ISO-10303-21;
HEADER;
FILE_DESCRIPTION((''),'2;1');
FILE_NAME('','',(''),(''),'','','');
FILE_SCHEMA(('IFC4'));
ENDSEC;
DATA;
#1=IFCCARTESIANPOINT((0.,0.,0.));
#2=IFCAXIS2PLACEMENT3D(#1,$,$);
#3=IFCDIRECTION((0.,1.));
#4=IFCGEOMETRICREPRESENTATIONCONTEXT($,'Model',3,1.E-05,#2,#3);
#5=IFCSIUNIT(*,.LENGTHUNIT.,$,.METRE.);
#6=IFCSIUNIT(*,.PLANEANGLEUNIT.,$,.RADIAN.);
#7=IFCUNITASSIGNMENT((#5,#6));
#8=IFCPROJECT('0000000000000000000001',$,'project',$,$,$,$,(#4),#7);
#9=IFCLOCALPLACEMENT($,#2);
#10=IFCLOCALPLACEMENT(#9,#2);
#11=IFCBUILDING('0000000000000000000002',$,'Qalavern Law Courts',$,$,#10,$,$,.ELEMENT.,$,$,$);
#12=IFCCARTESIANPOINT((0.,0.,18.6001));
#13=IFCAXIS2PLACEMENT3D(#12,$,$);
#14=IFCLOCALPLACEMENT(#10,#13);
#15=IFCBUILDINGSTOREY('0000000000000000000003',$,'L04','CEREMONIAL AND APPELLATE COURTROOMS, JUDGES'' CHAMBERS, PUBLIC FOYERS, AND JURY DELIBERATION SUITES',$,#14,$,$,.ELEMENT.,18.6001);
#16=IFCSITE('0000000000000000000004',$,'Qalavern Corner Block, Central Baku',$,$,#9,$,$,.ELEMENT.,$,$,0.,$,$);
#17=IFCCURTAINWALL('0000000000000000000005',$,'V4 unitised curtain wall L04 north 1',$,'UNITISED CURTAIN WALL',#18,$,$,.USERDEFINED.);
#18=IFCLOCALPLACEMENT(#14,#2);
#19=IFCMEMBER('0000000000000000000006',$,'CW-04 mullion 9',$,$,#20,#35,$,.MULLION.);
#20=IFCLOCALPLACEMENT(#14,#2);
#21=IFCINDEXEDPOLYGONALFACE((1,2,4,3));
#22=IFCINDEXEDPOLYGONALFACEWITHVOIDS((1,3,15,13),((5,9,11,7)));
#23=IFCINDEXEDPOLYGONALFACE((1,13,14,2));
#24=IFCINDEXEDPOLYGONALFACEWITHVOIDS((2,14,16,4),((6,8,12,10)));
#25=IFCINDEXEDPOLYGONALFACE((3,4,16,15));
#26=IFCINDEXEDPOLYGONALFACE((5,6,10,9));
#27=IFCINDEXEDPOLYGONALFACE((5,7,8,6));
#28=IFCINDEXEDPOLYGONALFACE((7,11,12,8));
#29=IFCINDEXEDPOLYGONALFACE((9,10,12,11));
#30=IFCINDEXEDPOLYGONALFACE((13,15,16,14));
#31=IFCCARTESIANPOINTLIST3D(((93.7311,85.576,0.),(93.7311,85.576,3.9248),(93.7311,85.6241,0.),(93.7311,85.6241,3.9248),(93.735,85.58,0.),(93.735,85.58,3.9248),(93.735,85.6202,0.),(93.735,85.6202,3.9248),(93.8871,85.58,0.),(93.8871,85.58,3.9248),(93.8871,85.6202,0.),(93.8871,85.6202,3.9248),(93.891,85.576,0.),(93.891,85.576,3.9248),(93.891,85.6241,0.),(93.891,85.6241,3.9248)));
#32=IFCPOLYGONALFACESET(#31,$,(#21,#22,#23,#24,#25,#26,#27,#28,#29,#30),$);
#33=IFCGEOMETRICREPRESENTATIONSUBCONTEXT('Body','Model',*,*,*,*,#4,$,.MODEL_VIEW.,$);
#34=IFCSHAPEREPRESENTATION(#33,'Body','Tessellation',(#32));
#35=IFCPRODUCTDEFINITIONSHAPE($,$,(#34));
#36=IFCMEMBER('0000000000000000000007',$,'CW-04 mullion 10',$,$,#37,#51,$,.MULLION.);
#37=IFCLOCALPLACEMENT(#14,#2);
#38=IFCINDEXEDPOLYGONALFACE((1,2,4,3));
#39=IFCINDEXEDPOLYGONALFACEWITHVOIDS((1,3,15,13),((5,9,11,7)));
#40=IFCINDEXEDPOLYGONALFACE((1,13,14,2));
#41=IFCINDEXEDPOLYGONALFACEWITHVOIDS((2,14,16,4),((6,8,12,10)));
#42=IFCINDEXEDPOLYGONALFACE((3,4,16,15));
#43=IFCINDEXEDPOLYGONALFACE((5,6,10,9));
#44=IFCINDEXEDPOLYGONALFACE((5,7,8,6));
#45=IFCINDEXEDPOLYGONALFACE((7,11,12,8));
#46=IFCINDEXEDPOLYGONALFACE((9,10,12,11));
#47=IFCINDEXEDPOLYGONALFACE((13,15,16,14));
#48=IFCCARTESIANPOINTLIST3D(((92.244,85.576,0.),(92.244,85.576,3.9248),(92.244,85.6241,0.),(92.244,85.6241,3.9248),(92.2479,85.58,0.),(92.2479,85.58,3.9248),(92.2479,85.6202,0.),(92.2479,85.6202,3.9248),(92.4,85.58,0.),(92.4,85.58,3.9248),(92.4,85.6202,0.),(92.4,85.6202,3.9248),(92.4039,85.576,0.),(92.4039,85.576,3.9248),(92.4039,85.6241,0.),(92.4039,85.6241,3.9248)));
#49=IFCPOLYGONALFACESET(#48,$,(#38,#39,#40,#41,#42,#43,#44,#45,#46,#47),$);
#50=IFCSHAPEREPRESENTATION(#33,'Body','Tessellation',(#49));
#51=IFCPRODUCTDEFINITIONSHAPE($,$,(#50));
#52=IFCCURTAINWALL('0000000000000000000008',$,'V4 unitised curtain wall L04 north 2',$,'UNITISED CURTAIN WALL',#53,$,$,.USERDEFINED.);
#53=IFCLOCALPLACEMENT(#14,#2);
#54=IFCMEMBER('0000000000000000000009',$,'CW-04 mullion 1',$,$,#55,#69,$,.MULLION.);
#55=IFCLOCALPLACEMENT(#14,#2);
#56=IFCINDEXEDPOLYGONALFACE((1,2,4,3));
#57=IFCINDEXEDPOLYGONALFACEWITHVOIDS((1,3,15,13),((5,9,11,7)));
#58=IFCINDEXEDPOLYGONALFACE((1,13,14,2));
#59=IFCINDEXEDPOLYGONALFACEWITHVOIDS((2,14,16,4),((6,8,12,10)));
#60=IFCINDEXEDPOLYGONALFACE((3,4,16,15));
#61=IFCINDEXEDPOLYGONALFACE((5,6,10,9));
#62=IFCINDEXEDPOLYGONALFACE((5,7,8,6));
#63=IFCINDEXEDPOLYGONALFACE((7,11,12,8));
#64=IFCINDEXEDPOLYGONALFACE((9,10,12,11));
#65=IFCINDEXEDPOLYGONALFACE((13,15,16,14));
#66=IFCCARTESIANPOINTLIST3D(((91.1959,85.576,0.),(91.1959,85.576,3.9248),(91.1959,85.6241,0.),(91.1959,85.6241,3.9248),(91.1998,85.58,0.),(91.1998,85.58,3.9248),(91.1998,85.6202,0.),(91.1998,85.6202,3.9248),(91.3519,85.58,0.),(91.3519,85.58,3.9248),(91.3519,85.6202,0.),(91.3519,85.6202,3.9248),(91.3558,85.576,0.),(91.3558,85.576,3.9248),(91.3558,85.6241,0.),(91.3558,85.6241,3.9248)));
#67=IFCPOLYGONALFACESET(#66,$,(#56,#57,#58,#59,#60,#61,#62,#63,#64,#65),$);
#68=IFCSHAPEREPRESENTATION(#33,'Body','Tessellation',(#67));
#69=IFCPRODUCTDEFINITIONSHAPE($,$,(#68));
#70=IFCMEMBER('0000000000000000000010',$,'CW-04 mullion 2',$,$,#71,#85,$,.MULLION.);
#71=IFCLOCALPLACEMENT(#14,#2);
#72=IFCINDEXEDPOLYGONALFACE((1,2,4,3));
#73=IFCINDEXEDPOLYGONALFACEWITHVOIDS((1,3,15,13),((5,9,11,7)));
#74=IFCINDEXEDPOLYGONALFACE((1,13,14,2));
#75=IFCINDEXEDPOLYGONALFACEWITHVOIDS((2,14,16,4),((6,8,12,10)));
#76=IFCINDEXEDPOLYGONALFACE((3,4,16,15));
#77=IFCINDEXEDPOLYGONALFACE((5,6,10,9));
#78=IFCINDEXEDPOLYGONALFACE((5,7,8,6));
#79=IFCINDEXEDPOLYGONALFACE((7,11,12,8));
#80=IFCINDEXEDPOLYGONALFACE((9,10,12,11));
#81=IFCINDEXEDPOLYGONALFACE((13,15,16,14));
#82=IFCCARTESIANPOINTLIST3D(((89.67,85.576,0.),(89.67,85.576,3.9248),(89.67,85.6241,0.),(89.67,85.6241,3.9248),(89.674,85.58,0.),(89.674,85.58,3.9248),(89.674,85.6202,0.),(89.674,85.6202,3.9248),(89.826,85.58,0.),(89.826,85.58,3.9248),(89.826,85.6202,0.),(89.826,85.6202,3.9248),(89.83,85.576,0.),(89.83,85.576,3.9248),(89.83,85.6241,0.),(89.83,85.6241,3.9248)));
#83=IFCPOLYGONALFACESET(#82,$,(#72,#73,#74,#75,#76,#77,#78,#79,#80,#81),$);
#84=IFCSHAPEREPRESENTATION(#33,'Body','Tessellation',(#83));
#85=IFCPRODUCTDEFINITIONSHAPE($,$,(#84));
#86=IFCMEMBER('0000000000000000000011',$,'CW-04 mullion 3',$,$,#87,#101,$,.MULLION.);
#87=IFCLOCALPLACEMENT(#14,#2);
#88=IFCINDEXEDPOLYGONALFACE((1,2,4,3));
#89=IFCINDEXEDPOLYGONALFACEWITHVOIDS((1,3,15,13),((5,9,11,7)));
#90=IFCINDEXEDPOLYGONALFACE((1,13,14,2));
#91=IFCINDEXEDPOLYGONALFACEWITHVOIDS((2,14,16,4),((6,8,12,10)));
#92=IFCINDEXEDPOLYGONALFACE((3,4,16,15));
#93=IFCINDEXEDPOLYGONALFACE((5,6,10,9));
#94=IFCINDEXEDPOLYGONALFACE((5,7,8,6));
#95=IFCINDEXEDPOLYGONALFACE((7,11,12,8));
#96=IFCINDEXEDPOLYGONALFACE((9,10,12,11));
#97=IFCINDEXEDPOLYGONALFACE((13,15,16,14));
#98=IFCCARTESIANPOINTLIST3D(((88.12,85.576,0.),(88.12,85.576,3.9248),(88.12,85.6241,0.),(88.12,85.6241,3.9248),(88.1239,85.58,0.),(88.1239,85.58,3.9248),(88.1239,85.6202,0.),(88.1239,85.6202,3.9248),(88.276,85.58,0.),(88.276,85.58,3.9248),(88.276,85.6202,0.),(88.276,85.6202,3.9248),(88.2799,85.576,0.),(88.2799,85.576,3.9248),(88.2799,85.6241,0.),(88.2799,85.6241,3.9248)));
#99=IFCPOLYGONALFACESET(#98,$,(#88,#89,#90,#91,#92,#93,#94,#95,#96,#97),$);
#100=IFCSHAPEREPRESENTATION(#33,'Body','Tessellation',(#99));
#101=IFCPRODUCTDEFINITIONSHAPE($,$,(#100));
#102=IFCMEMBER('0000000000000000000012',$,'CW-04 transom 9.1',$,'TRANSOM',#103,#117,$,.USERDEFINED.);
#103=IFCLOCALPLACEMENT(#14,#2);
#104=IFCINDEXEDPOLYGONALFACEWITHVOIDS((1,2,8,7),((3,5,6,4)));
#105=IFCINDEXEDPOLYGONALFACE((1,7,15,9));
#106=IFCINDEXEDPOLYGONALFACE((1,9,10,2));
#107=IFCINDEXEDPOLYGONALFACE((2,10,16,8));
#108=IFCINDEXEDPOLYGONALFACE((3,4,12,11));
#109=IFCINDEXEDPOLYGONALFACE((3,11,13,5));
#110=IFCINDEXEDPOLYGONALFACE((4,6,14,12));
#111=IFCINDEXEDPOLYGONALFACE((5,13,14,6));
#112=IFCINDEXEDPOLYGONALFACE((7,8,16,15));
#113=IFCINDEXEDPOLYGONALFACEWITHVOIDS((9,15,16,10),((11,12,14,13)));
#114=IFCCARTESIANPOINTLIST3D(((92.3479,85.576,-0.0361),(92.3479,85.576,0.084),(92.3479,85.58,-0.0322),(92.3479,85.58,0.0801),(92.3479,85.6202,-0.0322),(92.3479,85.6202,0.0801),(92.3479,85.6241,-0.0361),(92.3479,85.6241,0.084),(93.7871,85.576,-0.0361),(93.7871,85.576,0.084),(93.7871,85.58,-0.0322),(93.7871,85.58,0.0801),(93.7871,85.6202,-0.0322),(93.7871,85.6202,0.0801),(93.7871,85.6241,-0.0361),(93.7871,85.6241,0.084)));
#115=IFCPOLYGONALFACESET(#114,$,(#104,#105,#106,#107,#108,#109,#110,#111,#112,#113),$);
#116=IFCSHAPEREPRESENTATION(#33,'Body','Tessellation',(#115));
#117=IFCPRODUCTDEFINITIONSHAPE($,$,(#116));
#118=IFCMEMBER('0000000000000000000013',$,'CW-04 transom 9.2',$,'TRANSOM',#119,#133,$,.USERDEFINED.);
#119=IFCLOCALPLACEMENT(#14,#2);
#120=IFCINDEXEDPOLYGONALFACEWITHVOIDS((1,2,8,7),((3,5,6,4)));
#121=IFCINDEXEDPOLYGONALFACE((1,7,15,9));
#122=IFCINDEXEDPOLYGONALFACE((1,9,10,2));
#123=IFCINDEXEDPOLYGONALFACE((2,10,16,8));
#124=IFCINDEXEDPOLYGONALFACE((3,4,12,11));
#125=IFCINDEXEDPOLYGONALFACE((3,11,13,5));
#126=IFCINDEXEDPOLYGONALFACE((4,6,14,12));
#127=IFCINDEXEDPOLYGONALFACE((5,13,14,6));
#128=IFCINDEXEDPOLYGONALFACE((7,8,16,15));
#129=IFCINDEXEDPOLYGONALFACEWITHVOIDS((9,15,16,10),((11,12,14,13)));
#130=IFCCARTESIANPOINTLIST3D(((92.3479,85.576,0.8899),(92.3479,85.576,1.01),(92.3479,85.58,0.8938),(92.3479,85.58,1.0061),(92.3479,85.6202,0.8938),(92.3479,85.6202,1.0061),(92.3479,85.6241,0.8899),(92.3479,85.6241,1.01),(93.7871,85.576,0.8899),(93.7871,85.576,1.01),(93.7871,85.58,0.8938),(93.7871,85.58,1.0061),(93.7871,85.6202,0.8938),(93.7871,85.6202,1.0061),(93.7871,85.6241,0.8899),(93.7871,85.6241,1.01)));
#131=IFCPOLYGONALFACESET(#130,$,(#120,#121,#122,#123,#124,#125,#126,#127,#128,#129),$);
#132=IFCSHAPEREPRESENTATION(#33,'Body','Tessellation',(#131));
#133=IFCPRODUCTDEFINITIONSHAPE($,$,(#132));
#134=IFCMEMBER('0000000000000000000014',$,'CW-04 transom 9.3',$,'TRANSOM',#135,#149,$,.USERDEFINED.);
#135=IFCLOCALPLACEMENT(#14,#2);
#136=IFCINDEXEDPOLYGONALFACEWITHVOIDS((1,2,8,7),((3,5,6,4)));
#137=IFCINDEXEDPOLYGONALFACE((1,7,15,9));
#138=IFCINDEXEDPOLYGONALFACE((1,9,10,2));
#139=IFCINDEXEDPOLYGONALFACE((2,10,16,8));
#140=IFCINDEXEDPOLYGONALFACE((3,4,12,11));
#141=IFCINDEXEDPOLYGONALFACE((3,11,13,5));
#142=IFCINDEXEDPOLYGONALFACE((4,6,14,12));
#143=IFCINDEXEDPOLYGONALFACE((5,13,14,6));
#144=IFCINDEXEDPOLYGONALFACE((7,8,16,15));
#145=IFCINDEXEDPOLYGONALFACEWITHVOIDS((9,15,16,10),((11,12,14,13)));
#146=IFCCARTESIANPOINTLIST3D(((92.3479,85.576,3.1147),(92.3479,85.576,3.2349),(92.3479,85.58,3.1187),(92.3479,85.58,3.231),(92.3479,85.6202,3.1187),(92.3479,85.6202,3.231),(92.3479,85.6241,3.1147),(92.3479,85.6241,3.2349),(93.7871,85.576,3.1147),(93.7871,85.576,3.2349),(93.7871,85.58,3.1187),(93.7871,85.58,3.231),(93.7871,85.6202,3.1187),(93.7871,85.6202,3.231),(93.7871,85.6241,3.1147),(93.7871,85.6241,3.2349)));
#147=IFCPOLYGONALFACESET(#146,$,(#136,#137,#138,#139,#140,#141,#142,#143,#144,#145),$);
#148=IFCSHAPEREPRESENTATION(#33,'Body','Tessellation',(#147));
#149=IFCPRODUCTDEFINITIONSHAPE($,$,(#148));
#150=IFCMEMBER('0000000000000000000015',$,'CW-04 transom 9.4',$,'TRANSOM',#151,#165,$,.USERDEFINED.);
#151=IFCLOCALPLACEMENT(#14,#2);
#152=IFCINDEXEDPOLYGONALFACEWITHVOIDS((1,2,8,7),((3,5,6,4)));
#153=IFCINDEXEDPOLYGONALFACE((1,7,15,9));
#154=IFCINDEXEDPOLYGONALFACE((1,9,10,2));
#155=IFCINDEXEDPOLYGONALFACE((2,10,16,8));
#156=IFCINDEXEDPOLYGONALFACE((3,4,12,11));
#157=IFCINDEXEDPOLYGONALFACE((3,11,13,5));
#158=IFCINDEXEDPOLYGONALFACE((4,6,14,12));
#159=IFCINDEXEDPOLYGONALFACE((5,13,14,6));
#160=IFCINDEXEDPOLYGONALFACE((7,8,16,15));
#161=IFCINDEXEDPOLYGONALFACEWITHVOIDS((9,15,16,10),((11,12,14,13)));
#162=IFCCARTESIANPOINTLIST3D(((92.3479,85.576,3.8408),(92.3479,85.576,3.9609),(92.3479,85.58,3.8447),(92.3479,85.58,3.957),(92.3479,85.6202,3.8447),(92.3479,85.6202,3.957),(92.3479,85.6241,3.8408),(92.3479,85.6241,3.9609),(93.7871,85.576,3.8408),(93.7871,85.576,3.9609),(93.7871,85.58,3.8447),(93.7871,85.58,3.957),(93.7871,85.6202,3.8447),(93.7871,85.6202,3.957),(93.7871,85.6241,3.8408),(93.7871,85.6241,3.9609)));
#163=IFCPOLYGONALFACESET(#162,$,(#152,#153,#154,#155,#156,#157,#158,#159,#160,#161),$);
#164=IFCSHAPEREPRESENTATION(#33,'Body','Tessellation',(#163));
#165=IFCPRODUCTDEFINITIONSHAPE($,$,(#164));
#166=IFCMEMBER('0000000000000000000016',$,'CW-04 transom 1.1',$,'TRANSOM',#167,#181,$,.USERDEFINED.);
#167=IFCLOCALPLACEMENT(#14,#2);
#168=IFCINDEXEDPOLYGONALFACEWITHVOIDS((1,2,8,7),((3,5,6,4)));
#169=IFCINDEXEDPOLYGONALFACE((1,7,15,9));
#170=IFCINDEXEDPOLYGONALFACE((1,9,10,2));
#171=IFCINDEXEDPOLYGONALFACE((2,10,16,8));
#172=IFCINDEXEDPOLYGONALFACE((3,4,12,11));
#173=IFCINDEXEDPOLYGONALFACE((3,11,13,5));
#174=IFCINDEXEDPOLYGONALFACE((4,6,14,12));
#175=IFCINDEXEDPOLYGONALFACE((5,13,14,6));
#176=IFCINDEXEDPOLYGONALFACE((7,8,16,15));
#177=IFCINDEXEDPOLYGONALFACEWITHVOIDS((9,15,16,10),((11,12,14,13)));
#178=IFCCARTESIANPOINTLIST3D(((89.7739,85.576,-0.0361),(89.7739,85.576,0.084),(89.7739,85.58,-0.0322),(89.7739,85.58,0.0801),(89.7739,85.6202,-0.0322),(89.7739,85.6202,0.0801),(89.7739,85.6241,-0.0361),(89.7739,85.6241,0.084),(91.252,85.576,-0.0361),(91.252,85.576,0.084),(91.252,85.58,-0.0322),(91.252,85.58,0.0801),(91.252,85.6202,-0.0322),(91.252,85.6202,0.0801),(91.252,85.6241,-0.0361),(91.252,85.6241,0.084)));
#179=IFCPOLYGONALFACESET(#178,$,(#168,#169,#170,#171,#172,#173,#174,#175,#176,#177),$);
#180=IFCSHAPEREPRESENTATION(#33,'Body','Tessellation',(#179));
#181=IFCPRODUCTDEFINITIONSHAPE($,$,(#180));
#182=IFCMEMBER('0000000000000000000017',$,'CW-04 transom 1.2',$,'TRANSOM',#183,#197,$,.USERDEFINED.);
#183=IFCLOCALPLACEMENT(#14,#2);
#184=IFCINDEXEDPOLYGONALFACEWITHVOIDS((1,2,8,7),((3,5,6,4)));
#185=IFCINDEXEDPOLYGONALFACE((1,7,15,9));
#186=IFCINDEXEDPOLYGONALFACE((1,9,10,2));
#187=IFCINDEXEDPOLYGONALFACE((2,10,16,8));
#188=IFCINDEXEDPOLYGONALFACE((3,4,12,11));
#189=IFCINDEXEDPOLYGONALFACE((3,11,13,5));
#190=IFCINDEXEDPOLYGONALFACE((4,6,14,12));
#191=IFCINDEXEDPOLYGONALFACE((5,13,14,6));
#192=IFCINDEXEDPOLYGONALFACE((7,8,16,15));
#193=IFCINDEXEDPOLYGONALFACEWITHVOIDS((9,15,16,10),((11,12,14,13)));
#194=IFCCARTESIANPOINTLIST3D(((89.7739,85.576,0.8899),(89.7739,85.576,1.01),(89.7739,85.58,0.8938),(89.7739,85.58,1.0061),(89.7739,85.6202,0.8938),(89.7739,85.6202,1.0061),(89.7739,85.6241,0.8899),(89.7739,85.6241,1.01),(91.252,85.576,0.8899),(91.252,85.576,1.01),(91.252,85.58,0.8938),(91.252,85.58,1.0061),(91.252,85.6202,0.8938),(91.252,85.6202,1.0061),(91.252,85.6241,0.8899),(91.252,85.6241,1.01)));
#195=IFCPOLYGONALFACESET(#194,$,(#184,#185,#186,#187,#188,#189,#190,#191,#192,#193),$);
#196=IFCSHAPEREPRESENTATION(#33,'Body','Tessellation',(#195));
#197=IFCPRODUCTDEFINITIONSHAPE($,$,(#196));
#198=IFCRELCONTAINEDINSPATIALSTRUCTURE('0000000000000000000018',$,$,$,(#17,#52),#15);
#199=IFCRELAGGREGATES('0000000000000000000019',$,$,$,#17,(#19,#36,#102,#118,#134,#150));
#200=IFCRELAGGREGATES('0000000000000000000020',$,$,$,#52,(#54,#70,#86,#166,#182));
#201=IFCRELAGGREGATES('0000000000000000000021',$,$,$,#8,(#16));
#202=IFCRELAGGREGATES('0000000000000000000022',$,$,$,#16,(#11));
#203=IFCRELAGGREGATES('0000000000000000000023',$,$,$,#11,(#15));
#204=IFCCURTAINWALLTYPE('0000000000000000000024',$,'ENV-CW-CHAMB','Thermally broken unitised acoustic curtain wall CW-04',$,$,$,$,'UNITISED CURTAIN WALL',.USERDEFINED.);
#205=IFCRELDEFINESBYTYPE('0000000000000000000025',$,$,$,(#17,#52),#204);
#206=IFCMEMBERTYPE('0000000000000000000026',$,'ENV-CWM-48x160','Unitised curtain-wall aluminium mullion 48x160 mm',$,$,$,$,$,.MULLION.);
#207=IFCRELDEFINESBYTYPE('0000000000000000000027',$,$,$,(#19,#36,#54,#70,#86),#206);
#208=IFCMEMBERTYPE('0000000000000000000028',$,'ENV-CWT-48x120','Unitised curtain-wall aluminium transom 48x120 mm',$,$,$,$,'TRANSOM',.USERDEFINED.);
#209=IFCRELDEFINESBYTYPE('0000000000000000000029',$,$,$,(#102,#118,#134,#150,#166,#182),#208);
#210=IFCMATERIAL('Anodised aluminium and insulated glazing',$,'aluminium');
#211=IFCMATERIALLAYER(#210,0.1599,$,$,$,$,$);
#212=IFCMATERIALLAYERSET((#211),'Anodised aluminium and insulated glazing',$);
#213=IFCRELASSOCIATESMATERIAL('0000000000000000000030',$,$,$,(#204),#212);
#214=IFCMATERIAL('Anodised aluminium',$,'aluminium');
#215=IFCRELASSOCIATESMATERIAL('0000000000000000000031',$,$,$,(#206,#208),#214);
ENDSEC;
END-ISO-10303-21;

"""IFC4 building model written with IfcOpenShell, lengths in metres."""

from ifc_helpers import new_model, si_unit, direction, frame, origin, origin_2d, place, context, subcontext, project, spatial, hollow_rectangle, extrude, material, layer, layer_set, material_profile, profile_set, type_object, element, aggregate, save


model = new_model("IFC4")

# Units and contexts
model_context = context("Model", 3, precision=1e-05, world=origin(), true_north=direction((0.0, 1.0)))
body_context = subcontext(model_context, "Body", "Model", "MODEL_VIEW")
ifc_project = project(units=[si_unit("LENGTHUNIT", "METRE"), si_unit("PLANEANGLEUNIT", "RADIAN")], contexts=[model_context])

# Site, building, storey
site_placement = place(None, origin())
site = spatial("IfcSite", under=ifc_project, at=site_placement, Name="Qalavern Corner Block, Central Baku", CompositionType="ELEMENT", RefElevation=0.0)
building_placement = place(site_placement, origin())
building = spatial("IfcBuilding", under=site, at=building_placement, Name="Qalavern Law Courts", CompositionType="ELEMENT")
storey_placement = place(building_placement, frame((0.0, 0.0, 18.6001)))
storey = spatial("IfcBuildingStorey", under=building, at=storey_placement, Name="L04", Description="CEREMONIAL AND APPELLATE COURTROOMS, JUDGES' CHAMBERS, PUBLIC FOYERS, AND JURY DELIBERATION SUITES", CompositionType="ELEMENT", Elevation=18.6001)

# Curtain walls, members
ifc_material_1 = material(Name="Anodised aluminium and insulated glazing", Category="aluminium")
ifc_layer_1 = layer(ifc_material_1, 0.1599)
ifc_layer_set_1 = layer_set([ifc_layer_1], Name="Anodised aluminium and insulated glazing")
curtain_wall_type = type_object("IfcCurtainWallType", Name="ENV-CW-CHAMB", Description="Thermally broken unitised acoustic curtain wall CW-04", ElementType="UNITISED CURTAIN WALL", PredefinedType="USERDEFINED", material=ifc_layer_set_1)
curtain_wall_1_placement = place(storey_placement, origin())
curtain_wall_1 = element("IfcCurtainWall", 1, at=curtain_wall_1_placement, inside=storey, type_object=curtain_wall_type, Name="V4 unitised curtain wall L04 north 1", ObjectType="UNITISED CURTAIN WALL", PredefinedType="USERDEFINED")
ifc_material_2 = material(Name="Anodised aluminium", Category="aluminium")
ifc_material_profile_1 = material_profile(ifc_material_2, hollow_rectangle(XDim=0.0481, YDim=0.1599, WallThickness=0.0039, at=origin_2d()), Name="ALU MULLION 48x160")
ifc_profile_set_1 = profile_set([ifc_material_profile_1], Name="Anodised aluminium")
member_type_1 = type_object("IfcMemberType", Name="ENV-CWM-48x160", Description="Unitised curtain-wall aluminium mullion 48x160 mm", PredefinedType="MULLION", material=ifc_profile_set_1)
member_1_placement = place(storey_placement, frame((93.811, 85.6001, 0.0), z_axis=(0.0, 0.0, 1.0), x_axis=(0.0, -1.0, 0.0)))
member_1 = element("IfcMember", 2, at=member_1_placement, type_object=member_type_1, Name="CW-04 mullion 9", PredefinedType="MULLION", context=body_context, shape_type="SweptSolid", body=[
    extrude(hollow_rectangle(XDim=0.0481, YDim=0.1599, WallThickness=0.0039, at=origin_2d()), origin(), (0.0, 0.0, 1.0), 3.9248),
])
member_2_placement = place(storey_placement, frame((92.324, 85.6001, 0.0), z_axis=(0.0, 0.0, 1.0), x_axis=(0.0, -1.0, 0.0)))
member_2 = element("IfcMember", 3, at=member_2_placement, type_object=member_type_1, Name="CW-04 mullion 10", PredefinedType="MULLION", context=body_context, shape_type="SweptSolid", body=[
    extrude(hollow_rectangle(XDim=0.0481, YDim=0.1599, WallThickness=0.0039, at=origin_2d()), origin(), (0.0, 0.0, 1.0), 3.9248),
])
curtain_wall_2_placement = place(storey_placement, origin())
curtain_wall_2 = element("IfcCurtainWall", 4, at=curtain_wall_2_placement, inside=storey, type_object=curtain_wall_type, Name="V4 unitised curtain wall L04 north 2", ObjectType="UNITISED CURTAIN WALL", PredefinedType="USERDEFINED")
member_3_placement = place(storey_placement, frame((91.2759, 85.6001, 0.0), z_axis=(0.0, 0.0, 1.0), x_axis=(0.0, -1.0, 0.0)))
member_3 = element("IfcMember", 5, at=member_3_placement, type_object=member_type_1, Name="CW-04 mullion 1", PredefinedType="MULLION", context=body_context, shape_type="SweptSolid", body=[
    extrude(hollow_rectangle(XDim=0.0481, YDim=0.1599, WallThickness=0.0039, at=origin_2d()), origin(), (0.0, 0.0, 1.0), 3.9248),
])
member_4_placement = place(storey_placement, frame((89.75, 85.6001, 0.0), z_axis=(0.0, 0.0, 1.0), x_axis=(0.0, -1.0, 0.0)))
member_4 = element("IfcMember", 6, at=member_4_placement, type_object=member_type_1, Name="CW-04 mullion 2", PredefinedType="MULLION", context=body_context, shape_type="SweptSolid", body=[
    extrude(hollow_rectangle(XDim=0.0481, YDim=0.1599, WallThickness=0.0039, at=origin_2d()), origin(), (0.0, 0.0, 1.0), 3.9248),
])
member_5_placement = place(storey_placement, frame((88.2, 85.6001, 0.0), z_axis=(0.0, 0.0, 1.0), x_axis=(0.0, -1.0, 0.0)))
member_5 = element("IfcMember", 7, at=member_5_placement, type_object=member_type_1, Name="CW-04 mullion 3", PredefinedType="MULLION", context=body_context, shape_type="SweptSolid", body=[
    extrude(hollow_rectangle(XDim=0.0481, YDim=0.1599, WallThickness=0.0039, at=origin_2d()), origin(), (0.0, 0.0, 1.0), 3.9248),
])

# Members
ifc_material_profile_2 = material_profile(ifc_material_2, hollow_rectangle(XDim=0.0481, YDim=0.1201, WallThickness=0.0039, at=origin_2d()), Name="ALU TRANSOM 48x120")
ifc_profile_set_2 = profile_set([ifc_material_profile_2], Name="Anodised aluminium")
member_type_2 = type_object("IfcMemberType", Name="ENV-CWT-48x120", Description="Unitised curtain-wall aluminium transom 48x120 mm", ElementType="TRANSOM", PredefinedType="USERDEFINED", material=ifc_profile_set_2)
member_6_placement = place(storey_placement, frame((93.7871, 85.6001, 0.0239), z_axis=(-1.0, 0.0, 0.0), x_axis=(0.0, -1.0, 0.0)))
member_6 = element("IfcMember", 8, at=member_6_placement, type_object=member_type_2, Name="CW-04 transom 9.1", ObjectType="TRANSOM", PredefinedType="USERDEFINED", context=body_context, shape_type="SweptSolid", body=[
    extrude(hollow_rectangle(XDim=0.0481, YDim=0.1201, WallThickness=0.0039, at=origin_2d()), origin(), (0.0, 0.0, 1.0), 1.4392),
])
member_7_placement = place(storey_placement, frame((93.7871, 85.6001, 0.95), z_axis=(-1.0, 0.0, 0.0), x_axis=(0.0, -1.0, 0.0)))
member_7 = element("IfcMember", 9, at=member_7_placement, type_object=member_type_2, Name="CW-04 transom 9.2", ObjectType="TRANSOM", PredefinedType="USERDEFINED", context=body_context, shape_type="SweptSolid", body=[
    extrude(hollow_rectangle(XDim=0.0481, YDim=0.1201, WallThickness=0.0039, at=origin_2d()), origin(), (0.0, 0.0, 1.0), 1.4392),
])
member_8_placement = place(storey_placement, frame((93.7871, 85.6001, 3.1748), z_axis=(-1.0, 0.0, 0.0), x_axis=(0.0, -1.0, 0.0)))
member_8 = element("IfcMember", 10, at=member_8_placement, type_object=member_type_2, Name="CW-04 transom 9.3", ObjectType="TRANSOM", PredefinedType="USERDEFINED", context=body_context, shape_type="SweptSolid", body=[
    extrude(hollow_rectangle(XDim=0.0481, YDim=0.1201, WallThickness=0.0039, at=origin_2d()), origin(), (0.0, 0.0, 1.0), 1.4392),
])
member_9_placement = place(storey_placement, frame((93.7871, 85.6001, 3.9009), z_axis=(-1.0, 0.0, 0.0), x_axis=(0.0, -1.0, 0.0)))
member_9 = element("IfcMember", 11, at=member_9_placement, type_object=member_type_2, Name="CW-04 transom 9.4", ObjectType="TRANSOM", PredefinedType="USERDEFINED", context=body_context, shape_type="SweptSolid", body=[
    extrude(hollow_rectangle(XDim=0.0481, YDim=0.1201, WallThickness=0.0039, at=origin_2d()), origin(), (0.0, 0.0, 1.0), 1.4392),
])
member_10_placement = place(storey_placement, frame((91.252, 85.6001, 0.0239), z_axis=(-1.0, 0.0, 0.0), x_axis=(0.0, -1.0, 0.0)))
member_10 = element("IfcMember", 12, at=member_10_placement, type_object=member_type_2, Name="CW-04 transom 1.1", ObjectType="TRANSOM", PredefinedType="USERDEFINED", context=body_context, shape_type="SweptSolid", body=[
    extrude(hollow_rectangle(XDim=0.0481, YDim=0.1201, WallThickness=0.0039, at=origin_2d()), origin(), (0.0, 0.0, 1.0), 1.478),
])
member_11_placement = place(storey_placement, frame((91.252, 85.6001, 0.95), z_axis=(-1.0, 0.0, 0.0), x_axis=(0.0, -1.0, 0.0)))
member_11 = element("IfcMember", 13, at=member_11_placement, type_object=member_type_2, Name="CW-04 transom 1.2", ObjectType="TRANSOM", PredefinedType="USERDEFINED", context=body_context, shape_type="SweptSolid", body=[
    extrude(hollow_rectangle(XDim=0.0481, YDim=0.1201, WallThickness=0.0039, at=origin_2d()), origin(), (0.0, 0.0, 1.0), 1.478),
])

aggregate(curtain_wall_1, [member_1, member_2, member_6, member_7, member_8, member_9])
aggregate(curtain_wall_2, [member_3, member_4, member_5, member_10, member_11])

save(model, "model.ifc")
